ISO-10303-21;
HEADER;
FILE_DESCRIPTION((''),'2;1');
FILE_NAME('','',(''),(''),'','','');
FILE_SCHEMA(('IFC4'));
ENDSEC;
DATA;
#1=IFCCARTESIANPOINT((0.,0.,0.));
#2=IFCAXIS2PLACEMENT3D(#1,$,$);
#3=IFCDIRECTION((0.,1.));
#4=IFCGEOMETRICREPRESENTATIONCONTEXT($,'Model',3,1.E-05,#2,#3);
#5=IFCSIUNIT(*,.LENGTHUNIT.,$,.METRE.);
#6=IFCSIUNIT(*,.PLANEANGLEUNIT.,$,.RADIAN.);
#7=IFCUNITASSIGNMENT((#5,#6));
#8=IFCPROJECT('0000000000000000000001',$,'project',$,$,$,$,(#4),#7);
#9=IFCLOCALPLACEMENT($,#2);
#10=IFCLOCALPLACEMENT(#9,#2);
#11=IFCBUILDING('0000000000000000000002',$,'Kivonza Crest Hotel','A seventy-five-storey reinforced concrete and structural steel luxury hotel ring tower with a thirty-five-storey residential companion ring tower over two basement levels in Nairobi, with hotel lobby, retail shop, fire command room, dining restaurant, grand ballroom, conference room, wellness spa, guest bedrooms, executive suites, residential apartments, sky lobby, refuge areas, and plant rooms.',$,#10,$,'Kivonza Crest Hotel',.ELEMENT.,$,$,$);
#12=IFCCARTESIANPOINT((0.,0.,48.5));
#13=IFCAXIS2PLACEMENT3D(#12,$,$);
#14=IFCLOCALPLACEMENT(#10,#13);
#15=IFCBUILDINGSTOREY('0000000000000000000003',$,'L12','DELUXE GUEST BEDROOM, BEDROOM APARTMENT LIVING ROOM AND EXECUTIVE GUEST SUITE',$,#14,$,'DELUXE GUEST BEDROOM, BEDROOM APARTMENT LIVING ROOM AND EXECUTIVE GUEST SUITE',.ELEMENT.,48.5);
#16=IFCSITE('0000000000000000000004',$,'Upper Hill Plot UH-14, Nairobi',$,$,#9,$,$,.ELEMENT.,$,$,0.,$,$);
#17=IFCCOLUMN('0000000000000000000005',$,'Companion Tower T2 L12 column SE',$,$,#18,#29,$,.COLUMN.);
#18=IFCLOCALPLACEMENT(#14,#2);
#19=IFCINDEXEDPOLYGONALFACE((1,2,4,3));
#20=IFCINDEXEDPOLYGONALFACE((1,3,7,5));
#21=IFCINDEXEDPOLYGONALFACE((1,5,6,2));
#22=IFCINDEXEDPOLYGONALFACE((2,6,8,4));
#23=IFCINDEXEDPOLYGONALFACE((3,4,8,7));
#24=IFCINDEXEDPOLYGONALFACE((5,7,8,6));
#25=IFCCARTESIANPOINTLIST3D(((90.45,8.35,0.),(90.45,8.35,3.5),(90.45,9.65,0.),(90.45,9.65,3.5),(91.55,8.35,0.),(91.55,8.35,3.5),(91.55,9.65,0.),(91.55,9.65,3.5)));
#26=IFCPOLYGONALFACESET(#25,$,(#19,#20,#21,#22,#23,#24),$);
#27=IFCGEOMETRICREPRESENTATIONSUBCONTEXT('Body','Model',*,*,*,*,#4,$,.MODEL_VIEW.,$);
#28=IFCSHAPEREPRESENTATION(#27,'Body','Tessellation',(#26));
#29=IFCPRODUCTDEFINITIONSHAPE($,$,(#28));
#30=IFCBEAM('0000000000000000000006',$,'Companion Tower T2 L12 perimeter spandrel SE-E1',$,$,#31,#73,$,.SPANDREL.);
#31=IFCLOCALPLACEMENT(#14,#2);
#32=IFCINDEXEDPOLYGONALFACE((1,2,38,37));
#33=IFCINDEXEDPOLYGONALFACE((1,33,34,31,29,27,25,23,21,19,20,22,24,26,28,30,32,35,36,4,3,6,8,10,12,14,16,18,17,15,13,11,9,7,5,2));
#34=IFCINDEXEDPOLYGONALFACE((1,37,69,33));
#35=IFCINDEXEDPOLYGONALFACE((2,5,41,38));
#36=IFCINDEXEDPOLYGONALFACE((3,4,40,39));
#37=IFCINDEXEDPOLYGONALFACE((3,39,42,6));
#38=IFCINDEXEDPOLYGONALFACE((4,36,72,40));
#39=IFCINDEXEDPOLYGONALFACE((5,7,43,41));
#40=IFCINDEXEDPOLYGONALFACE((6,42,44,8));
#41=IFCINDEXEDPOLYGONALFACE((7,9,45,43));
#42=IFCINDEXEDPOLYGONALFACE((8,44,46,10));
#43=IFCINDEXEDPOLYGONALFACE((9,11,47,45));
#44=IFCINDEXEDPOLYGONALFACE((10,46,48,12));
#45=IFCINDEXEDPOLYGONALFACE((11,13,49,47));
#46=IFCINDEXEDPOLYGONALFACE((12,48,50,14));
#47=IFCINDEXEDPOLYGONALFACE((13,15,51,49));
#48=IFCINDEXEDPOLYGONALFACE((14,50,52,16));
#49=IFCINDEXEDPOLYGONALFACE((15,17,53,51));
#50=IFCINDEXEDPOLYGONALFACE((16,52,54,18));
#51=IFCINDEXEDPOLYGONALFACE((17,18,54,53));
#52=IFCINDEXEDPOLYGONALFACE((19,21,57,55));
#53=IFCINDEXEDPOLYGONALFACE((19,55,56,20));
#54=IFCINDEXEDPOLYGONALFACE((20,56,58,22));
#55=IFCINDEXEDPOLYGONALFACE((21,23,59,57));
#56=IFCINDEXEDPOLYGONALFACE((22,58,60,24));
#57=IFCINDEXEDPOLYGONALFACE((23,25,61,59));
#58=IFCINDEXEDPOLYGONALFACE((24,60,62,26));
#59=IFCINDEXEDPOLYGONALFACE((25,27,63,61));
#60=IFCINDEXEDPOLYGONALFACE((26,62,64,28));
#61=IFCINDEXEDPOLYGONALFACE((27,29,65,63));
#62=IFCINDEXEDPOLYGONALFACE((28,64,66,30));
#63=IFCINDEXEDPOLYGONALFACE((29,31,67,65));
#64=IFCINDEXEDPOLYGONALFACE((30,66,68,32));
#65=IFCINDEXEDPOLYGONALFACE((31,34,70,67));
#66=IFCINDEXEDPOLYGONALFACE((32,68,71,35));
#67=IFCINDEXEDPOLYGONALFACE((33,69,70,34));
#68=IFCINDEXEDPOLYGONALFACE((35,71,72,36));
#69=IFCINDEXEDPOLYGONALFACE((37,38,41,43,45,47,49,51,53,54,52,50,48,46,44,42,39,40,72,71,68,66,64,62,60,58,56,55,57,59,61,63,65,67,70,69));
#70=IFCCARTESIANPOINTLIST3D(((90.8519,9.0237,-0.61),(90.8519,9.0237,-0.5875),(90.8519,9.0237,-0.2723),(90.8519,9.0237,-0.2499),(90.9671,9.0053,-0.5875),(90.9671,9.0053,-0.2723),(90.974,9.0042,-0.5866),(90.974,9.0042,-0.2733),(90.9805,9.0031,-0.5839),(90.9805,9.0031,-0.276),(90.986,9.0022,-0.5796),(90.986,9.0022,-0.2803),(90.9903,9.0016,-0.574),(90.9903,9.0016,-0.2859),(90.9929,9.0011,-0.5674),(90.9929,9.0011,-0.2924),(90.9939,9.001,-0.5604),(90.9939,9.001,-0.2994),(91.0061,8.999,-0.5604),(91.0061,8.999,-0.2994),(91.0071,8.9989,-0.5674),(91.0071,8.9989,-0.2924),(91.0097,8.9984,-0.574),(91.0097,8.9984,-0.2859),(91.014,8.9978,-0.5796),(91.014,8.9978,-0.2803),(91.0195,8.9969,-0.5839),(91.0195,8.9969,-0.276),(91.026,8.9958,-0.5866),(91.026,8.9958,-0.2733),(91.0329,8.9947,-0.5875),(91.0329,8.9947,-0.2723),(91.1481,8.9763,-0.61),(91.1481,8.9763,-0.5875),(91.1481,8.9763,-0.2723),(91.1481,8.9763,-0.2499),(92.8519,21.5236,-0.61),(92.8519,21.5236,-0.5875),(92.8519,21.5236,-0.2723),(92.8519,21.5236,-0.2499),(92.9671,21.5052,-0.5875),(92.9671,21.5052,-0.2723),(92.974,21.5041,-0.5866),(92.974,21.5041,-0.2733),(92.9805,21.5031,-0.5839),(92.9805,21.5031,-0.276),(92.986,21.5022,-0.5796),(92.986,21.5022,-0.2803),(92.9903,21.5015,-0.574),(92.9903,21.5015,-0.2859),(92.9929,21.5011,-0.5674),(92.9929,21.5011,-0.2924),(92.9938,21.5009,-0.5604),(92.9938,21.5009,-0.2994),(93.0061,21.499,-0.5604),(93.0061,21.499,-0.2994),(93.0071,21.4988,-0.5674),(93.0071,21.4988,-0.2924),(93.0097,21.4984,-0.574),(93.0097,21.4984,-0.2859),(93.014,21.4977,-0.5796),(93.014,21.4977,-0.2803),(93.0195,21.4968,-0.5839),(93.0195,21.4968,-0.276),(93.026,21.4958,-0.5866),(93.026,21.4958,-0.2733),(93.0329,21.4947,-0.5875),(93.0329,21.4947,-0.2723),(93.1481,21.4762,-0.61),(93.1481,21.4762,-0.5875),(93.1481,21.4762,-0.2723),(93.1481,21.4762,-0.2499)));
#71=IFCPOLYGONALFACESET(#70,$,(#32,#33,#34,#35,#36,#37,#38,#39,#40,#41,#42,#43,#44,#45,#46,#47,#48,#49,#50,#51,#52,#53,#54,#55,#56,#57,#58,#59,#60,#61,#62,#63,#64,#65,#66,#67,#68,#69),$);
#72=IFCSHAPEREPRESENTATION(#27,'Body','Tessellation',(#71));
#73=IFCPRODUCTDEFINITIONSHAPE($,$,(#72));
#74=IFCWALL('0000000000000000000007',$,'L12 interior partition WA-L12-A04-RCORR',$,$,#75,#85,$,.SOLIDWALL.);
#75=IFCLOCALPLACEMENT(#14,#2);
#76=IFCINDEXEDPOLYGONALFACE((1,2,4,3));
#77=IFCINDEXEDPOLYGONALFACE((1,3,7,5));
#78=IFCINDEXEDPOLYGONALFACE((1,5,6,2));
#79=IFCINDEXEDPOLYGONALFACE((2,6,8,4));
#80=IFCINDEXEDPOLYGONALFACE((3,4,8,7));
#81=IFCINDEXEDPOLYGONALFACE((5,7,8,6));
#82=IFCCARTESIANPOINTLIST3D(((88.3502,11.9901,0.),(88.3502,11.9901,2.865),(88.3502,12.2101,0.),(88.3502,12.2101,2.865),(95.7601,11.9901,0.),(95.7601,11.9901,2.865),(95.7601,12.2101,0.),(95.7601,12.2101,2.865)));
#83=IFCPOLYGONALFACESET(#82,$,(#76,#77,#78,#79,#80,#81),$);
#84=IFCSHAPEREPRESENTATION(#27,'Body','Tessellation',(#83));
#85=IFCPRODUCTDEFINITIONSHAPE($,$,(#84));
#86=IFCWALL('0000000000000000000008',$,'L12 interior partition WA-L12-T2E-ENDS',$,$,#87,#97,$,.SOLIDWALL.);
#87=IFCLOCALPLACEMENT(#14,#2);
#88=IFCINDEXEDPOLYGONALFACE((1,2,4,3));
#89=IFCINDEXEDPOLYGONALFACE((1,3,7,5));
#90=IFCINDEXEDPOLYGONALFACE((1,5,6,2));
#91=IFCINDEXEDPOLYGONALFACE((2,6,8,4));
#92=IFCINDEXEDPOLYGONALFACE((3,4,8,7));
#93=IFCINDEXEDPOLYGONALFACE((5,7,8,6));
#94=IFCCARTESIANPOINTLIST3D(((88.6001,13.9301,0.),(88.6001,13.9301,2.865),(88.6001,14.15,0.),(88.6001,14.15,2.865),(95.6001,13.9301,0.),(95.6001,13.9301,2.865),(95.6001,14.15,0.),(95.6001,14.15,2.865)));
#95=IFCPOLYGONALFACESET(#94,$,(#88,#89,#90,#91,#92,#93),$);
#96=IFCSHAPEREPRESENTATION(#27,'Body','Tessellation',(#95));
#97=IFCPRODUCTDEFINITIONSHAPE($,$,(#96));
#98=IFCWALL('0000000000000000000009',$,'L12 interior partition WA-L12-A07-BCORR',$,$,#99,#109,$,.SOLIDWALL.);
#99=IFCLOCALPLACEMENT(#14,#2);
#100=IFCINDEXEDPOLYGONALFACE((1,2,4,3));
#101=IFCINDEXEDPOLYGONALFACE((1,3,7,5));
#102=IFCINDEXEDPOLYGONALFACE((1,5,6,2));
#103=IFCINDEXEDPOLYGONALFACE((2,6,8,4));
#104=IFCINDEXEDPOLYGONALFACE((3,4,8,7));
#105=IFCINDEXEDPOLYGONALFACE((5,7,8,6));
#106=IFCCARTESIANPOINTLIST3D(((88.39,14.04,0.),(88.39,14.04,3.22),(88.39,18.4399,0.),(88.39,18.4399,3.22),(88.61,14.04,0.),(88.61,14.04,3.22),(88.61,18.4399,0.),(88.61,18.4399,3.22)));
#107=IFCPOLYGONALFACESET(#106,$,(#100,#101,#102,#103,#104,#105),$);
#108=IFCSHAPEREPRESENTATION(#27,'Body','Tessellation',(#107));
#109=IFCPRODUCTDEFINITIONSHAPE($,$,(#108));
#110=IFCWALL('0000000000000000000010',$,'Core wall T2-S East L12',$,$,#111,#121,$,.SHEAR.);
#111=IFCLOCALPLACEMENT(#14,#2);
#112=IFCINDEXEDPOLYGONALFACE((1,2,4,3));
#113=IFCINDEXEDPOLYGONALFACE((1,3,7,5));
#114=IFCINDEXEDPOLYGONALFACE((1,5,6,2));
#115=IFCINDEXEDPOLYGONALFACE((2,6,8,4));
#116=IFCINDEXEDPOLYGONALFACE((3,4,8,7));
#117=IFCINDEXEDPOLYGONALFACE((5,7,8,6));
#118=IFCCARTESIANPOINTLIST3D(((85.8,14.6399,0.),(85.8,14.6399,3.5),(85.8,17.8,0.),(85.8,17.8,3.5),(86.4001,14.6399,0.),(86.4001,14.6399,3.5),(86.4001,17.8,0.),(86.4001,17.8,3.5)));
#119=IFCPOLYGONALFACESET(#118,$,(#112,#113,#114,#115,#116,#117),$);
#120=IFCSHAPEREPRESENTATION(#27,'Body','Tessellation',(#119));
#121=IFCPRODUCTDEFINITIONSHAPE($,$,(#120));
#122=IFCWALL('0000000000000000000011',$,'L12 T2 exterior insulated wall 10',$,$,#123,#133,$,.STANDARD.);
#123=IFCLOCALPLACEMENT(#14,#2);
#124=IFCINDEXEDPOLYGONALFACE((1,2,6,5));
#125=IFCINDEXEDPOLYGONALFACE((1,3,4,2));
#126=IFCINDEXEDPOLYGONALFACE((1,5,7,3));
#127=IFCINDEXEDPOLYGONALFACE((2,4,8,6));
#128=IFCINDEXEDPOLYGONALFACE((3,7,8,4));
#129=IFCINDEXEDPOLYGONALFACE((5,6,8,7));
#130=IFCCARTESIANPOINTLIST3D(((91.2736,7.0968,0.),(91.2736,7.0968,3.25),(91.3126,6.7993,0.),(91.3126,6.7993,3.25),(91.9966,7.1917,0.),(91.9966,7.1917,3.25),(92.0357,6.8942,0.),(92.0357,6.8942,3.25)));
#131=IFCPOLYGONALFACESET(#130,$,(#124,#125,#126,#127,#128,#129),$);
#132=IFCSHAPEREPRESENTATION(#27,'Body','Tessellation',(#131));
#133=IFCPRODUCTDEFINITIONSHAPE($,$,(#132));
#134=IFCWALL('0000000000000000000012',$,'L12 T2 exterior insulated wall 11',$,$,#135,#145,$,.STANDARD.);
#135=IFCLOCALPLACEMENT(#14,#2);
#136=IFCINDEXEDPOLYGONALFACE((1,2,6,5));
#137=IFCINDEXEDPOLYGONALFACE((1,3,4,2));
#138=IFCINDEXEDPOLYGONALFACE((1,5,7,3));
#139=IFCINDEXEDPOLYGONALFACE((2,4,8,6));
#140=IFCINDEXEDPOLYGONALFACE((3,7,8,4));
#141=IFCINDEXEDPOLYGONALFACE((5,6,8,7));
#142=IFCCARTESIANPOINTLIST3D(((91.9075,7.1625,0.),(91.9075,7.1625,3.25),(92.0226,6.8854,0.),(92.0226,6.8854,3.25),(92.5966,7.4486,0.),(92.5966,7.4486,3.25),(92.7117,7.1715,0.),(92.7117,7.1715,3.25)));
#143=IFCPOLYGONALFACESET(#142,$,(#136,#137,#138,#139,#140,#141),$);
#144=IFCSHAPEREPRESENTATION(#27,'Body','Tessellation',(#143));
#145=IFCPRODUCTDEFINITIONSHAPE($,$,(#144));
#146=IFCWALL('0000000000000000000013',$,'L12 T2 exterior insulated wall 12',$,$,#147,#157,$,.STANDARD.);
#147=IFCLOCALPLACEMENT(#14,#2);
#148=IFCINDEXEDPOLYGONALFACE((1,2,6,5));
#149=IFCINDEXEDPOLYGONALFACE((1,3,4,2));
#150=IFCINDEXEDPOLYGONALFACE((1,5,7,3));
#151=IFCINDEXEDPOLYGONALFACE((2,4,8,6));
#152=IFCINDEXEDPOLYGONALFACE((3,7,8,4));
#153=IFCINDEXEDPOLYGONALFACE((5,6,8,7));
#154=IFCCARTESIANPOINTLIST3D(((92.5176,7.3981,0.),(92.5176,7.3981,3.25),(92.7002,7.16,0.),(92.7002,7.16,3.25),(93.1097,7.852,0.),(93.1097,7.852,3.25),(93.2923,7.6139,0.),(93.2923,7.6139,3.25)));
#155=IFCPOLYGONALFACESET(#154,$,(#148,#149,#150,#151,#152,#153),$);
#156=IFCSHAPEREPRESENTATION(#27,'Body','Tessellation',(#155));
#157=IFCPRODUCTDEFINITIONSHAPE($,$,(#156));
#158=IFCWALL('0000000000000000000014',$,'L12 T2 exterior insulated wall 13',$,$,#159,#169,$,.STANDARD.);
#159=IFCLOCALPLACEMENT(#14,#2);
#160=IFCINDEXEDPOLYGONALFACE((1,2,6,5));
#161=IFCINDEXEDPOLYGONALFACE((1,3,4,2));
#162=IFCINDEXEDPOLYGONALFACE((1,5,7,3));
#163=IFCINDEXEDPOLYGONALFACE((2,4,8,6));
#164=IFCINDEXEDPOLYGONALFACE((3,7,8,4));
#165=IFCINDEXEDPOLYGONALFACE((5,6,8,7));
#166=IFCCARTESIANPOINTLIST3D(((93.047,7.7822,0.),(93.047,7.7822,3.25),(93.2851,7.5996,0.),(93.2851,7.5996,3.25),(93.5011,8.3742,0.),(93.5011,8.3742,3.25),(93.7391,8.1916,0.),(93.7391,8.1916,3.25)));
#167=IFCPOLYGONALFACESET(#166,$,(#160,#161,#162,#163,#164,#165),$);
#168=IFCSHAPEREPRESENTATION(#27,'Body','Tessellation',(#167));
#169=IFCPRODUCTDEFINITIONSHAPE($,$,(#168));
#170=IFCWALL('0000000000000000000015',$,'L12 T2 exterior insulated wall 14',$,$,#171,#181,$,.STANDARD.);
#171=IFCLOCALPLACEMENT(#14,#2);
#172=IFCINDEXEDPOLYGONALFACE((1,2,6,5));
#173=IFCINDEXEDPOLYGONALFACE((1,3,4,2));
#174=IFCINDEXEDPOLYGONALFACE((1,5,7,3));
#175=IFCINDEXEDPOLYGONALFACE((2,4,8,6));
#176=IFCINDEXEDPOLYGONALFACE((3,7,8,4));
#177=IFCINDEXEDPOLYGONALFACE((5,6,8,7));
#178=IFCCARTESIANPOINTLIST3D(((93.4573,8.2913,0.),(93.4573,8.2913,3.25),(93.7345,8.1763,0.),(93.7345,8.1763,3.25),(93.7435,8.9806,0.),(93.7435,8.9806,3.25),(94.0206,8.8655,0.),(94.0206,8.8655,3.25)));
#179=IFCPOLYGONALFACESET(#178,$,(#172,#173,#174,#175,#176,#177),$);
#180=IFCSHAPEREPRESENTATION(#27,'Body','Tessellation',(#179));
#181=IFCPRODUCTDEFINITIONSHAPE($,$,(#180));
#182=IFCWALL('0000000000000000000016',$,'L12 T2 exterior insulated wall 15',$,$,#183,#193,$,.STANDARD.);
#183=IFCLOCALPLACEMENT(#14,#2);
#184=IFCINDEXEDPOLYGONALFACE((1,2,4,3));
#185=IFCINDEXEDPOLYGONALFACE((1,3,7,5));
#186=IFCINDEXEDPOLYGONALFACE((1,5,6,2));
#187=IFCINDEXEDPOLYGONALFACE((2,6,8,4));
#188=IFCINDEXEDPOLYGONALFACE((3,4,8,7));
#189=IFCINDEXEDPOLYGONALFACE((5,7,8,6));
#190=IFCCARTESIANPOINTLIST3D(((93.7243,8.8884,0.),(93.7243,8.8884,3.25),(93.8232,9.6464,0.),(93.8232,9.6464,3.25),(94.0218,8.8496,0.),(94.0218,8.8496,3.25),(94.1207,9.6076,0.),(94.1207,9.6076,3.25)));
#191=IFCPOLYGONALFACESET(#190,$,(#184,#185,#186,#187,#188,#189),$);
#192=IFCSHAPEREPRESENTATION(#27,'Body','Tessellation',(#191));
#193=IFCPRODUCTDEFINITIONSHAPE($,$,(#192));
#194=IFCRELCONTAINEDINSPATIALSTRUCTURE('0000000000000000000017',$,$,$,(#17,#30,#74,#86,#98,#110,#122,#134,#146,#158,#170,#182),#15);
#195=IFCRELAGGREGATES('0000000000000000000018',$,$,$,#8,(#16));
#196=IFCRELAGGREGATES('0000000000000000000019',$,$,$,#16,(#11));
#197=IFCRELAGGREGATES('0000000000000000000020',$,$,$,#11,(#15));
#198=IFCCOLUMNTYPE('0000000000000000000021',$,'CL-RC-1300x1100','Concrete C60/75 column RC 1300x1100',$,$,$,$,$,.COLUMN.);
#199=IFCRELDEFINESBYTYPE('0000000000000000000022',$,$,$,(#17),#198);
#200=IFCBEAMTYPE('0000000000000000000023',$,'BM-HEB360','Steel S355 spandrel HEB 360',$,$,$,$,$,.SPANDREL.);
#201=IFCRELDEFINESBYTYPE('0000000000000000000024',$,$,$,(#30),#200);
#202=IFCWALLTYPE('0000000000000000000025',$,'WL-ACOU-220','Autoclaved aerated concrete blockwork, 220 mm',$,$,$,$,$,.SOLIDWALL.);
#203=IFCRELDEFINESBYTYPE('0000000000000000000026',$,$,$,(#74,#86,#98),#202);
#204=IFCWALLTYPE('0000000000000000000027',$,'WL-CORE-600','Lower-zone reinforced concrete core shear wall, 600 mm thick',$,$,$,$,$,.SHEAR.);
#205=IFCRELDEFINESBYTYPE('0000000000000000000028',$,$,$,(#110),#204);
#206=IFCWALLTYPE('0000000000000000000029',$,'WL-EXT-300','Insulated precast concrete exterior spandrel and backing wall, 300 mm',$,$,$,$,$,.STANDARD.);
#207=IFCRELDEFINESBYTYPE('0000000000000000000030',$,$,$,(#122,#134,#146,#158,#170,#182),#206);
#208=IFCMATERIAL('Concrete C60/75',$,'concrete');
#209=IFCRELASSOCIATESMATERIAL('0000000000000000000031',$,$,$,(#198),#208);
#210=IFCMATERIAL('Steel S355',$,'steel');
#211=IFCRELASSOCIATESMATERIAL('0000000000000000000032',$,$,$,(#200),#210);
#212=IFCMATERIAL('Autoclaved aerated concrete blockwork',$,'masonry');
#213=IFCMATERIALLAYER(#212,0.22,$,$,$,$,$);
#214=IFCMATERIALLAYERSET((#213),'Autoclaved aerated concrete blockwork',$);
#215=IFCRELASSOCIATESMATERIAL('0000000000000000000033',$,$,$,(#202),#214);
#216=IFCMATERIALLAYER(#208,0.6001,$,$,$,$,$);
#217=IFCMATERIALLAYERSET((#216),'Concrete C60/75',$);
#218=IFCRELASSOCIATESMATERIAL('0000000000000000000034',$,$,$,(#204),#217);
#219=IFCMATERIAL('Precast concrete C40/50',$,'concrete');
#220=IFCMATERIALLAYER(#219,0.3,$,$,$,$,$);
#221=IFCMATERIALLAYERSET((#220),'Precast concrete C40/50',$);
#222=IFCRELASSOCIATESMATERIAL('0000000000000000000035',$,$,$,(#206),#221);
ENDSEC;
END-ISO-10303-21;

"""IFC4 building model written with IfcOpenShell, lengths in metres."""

from ifc_helpers import new_model, si_unit, direction, frame, frame_2d, origin, origin_2d, place, context, subcontext, project, spatial, rectangle, i_section, extrude, material, layer, layer_set, material_profile, profile_set, type_object, element, save


model = new_model("IFC4")

# Units and contexts
model_context = context("Model", 3, precision=1e-05, world=origin(), true_north=direction((0.0, 1.0)))
body_context = subcontext(model_context, "Body", "Model", "MODEL_VIEW")
ifc_project = project(units=[si_unit("LENGTHUNIT", "METRE"), si_unit("PLANEANGLEUNIT", "RADIAN")], contexts=[model_context])

# Site, building, storey
site_placement = place(None, origin())
site = spatial("IfcSite", under=ifc_project, at=site_placement, Name="Upper Hill Plot UH-14, Nairobi", CompositionType="ELEMENT", RefElevation=0.0)
building_placement = place(site_placement, origin())
building = spatial("IfcBuilding", under=site, at=building_placement, Name="Kivonza Crest Hotel", Description="A seventy-five-storey reinforced concrete and structural steel luxury hotel ring tower with a thirty-five-storey residential companion ring tower over two basement levels in Nairobi, with hotel lobby, retail shop, fire command room, dining restaurant, grand ballroom, conference room, wellness spa, guest bedrooms, executive suites, residential apartments, sky lobby, refuge areas, and plant rooms.", LongName="Kivonza Crest Hotel", CompositionType="ELEMENT")
storey_placement = place(building_placement, frame((0.0, 0.0, 48.5)))
storey = spatial("IfcBuildingStorey", under=building, at=storey_placement, Name="L12", Description="DELUXE GUEST BEDROOM, BEDROOM APARTMENT LIVING ROOM AND EXECUTIVE GUEST SUITE", LongName="DELUXE GUEST BEDROOM, BEDROOM APARTMENT LIVING ROOM AND EXECUTIVE GUEST SUITE", CompositionType="ELEMENT", Elevation=48.5)

# Column
ifc_material_1 = material(Name="Concrete C60/75", Category="concrete")
ifc_material_profile_1 = material_profile(ifc_material_1, rectangle(XDim=1.1001, YDim=1.3, at=origin_2d()), Name="RC 1300x1100")
ifc_profile_set_1 = profile_set([ifc_material_profile_1], Name="Concrete C60/75")
column_type = type_object("IfcColumnType", Name="CL-RC-1300x1100", Description="Concrete C60/75 column RC 1300x1100", PredefinedType="COLUMN", material=ifc_profile_set_1)
column_placement = place(storey_placement, frame((91.0, 9.0, 0.0), z_axis=(0.0, 0.0, 1.0), x_axis=(1.0, 0.0, 0.0)))
element("IfcColumn", 1, at=column_placement, inside=storey, type_object=column_type, Name="Companion Tower T2 L12 column SE", PredefinedType="COLUMN", context=body_context, shape_type="SweptSolid", body=[
    extrude(rectangle(XDim=1.1001, YDim=1.3, at=origin_2d()), origin(), (0.0, 0.0, 1.0), 3.5),
])

# Beam
ifc_material_2 = material(Name="Steel S355", Category="steel")
ifc_material_profile_2 = material_profile(ifc_material_2, i_section(OverallWidth=0.3, OverallDepth=0.3601, WebThickness=0.0125, FlangeThickness=0.0225, FilletRadius=0.0271, at=origin_2d()), Name="HEB 360")
ifc_profile_set_2 = profile_set([ifc_material_profile_2], Name="Steel S355")
beam_type = type_object("IfcBeamType", Name="BM-HEB360", Description="Steel S355 spandrel HEB 360", PredefinedType="SPANDREL", material=ifc_profile_set_2)
beam_placement = place(storey_placement, frame((91.0, 9.0, -0.4299), z_axis=(0.157991, 0.987441, 0.0), x_axis=(-0.987441, 0.157991, 0.0)))
element("IfcBeam", 2, at=beam_placement, inside=storey, type_object=beam_type, Name="Companion Tower T2 L12 perimeter spandrel SE-E1", PredefinedType="SPANDREL", context=body_context, shape_type="SweptSolid", body=[
    extrude(i_section(OverallWidth=0.3, OverallDepth=0.3601, WebThickness=0.0125, FlangeThickness=0.0225, FilletRadius=0.0271, at=origin_2d()), origin(), (0.0, 0.0, 1.0), 12.6589),
])

# Walls
ifc_material_3 = material(Name="Autoclaved aerated concrete blockwork", Category="masonry")
ifc_layer_1 = layer(ifc_material_3, 0.22)
ifc_layer_set_1 = layer_set([ifc_layer_1], Name="Autoclaved aerated concrete blockwork")
wall_type_1 = type_object("IfcWallType", Name="WL-ACOU-220", Description="Autoclaved aerated concrete blockwork, 220 mm", PredefinedType="SOLIDWALL", material=ifc_layer_set_1)
wall_1_placement = place(storey_placement, frame((88.3501, 12.1001, 0.0), z_axis=(0.0, 0.0, 1.0), x_axis=(1.0, 0.0, 0.0)))
element("IfcWall", 3, at=wall_1_placement, inside=storey, type_object=wall_type_1, Name="L12 interior partition WA-L12-A04-RCORR", PredefinedType="SOLIDWALL", context=body_context, shape_type="SweptSolid", body=[
    extrude(rectangle(XDim=7.4099, YDim=0.22, at=frame_2d((3.7051, 0.0))), origin(), (0.0, 0.0, 1.0), 2.865),
])
wall_2_placement = place(storey_placement, frame((88.6001, 14.04, 0.0), z_axis=(0.0, 0.0, 1.0), x_axis=(1.0, 0.0, 0.0)))
element("IfcWall", 4, at=wall_2_placement, inside=storey, type_object=wall_type_1, Name="L12 interior partition WA-L12-T2E-ENDS", PredefinedType="SOLIDWALL", context=body_context, shape_type="SweptSolid", body=[
    extrude(rectangle(XDim=7.0, YDim=0.22, at=frame_2d((3.5, 0.0))), origin(), (0.0, 0.0, 1.0), 2.865),
])
wall_3_placement = place(storey_placement, frame((88.5, 14.04, 0.0), z_axis=(0.0, 0.0, 1.0), x_axis=(0.0, 1.0, 0.0)))
element("IfcWall", 5, at=wall_3_placement, inside=storey, type_object=wall_type_1, Name="L12 interior partition WA-L12-A07-BCORR", PredefinedType="SOLIDWALL", context=body_context, shape_type="SweptSolid", body=[
    extrude(rectangle(XDim=4.3999, YDim=0.22, at=frame_2d((2.2, 0.0))), origin(), (0.0, 0.0, 1.0), 3.22),
])
ifc_layer_2 = layer(ifc_material_1, 0.6001)
ifc_layer_set_2 = layer_set([ifc_layer_2], Name="Concrete C60/75")
wall_type_2 = type_object("IfcWallType", Name="WL-CORE-600", Description="Lower-zone reinforced concrete core shear wall, 600 mm thick", PredefinedType="SHEAR", material=ifc_layer_set_2)
wall_4_placement = place(storey_placement, frame((86.1001, 14.6399, 0.0), z_axis=(0.0, 0.0, 1.0), x_axis=(0.0, 1.0, 0.0)))
element("IfcWall", 6, at=wall_4_placement, inside=storey, type_object=wall_type_2, Name="Core wall T2-S East L12", PredefinedType="SHEAR", context=body_context, shape_type="SweptSolid", body=[
    extrude(rectangle(XDim=3.1602, YDim=0.6001, at=frame_2d((1.5801, 0.0))), origin(), (0.0, 0.0, 1.0), 3.5),
])
ifc_material_4 = material(Name="Precast concrete C40/50", Category="concrete")
ifc_layer_3 = layer(ifc_material_4, 0.3)
ifc_layer_set_3 = layer_set([ifc_layer_3], Name="Precast concrete C40/50")
wall_type_3 = type_object("IfcWallType", Name="WL-EXT-300", Description="Insulated precast concrete exterior spandrel and backing wall, 300 mm", PredefinedType="STANDARD", material=ifc_layer_set_3)
wall_5_placement = place(storey_placement, frame((91.293, 6.948, 0.0), z_axis=(0.0, 0.0, 1.0), x_axis=(0.991486, 0.130212, 0.0)))
element("IfcWall", 7, at=wall_5_placement, inside=storey, type_object=wall_type_3, Name="L12 T2 exterior insulated wall 10", PredefinedType="STANDARD", context=body_context, shape_type="SweptSolid", body=[
    extrude(rectangle(XDim=0.7292, YDim=0.3, at=frame_2d((0.3647, 0.0))), origin(), (0.0, 0.0, 1.0), 3.25),
])
for number, where, z_axis, x_axis, name in (
    (8, (91.9651, 7.0239, 0.0), (0.0, 0.0, 1.0), (0.923522, 0.383546, 0.0), "L12 T2 exterior insulated wall 11"),
    (9, (92.6089, 7.2791, 0.0), (0.0, 0.0, 1.0), (0.793633, 0.608397, 0.0), "L12 T2 exterior insulated wall 12"),
    (10, (93.166, 7.6909, 0.0), (0.0, 0.0, 1.0), (0.608603, 0.793475, 0.0), "L12 T2 exterior insulated wall 13"),
):
    element("IfcWall", number, at=place(storey_placement, frame(where, z_axis=z_axis, x_axis=x_axis)), inside=storey, type_object=wall_type_3, Name=name, PredefinedType="STANDARD", context=body_context, shape_type="SweptSolid", body=[
        extrude(rectangle(XDim=0.7461, YDim=0.3, at=frame_2d((0.373, 0.0))), origin(), (0.0, 0.0, 1.0), 3.25),
    ])
wall_6_placement = place(storey_placement, frame((93.5959, 8.2339, 0.0), z_axis=(0.0, 0.0, 1.0), x_axis=(0.38343, 0.92357, 0.0)))
element("IfcWall", 11, at=wall_6_placement, inside=storey, type_object=wall_type_3, Name="L12 T2 exterior insulated wall 14", PredefinedType="STANDARD", context=body_context, shape_type="SweptSolid", body=[
    extrude(rectangle(XDim=0.7463, YDim=0.3, at=frame_2d((0.373, 0.0))), origin(), (0.0, 0.0, 1.0), 3.25),
])
wall_7_placement = place(storey_placement, frame((93.873, 8.8689, 0.0), z_axis=(0.0, 0.0, 1.0), x_axis=(0.129339, 0.9916, 0.0)))
element("IfcWall", 12, at=wall_7_placement, inside=storey, type_object=wall_type_3, Name="L12 T2 exterior insulated wall 15", PredefinedType="STANDARD", context=body_context, shape_type="SweptSolid", body=[
    extrude(rectangle(XDim=0.7644, YDim=0.3, at=frame_2d((0.3823, 0.0))), origin(), (0.0, 0.0, 1.0), 3.25),
])

save(model, "model.ifc")
